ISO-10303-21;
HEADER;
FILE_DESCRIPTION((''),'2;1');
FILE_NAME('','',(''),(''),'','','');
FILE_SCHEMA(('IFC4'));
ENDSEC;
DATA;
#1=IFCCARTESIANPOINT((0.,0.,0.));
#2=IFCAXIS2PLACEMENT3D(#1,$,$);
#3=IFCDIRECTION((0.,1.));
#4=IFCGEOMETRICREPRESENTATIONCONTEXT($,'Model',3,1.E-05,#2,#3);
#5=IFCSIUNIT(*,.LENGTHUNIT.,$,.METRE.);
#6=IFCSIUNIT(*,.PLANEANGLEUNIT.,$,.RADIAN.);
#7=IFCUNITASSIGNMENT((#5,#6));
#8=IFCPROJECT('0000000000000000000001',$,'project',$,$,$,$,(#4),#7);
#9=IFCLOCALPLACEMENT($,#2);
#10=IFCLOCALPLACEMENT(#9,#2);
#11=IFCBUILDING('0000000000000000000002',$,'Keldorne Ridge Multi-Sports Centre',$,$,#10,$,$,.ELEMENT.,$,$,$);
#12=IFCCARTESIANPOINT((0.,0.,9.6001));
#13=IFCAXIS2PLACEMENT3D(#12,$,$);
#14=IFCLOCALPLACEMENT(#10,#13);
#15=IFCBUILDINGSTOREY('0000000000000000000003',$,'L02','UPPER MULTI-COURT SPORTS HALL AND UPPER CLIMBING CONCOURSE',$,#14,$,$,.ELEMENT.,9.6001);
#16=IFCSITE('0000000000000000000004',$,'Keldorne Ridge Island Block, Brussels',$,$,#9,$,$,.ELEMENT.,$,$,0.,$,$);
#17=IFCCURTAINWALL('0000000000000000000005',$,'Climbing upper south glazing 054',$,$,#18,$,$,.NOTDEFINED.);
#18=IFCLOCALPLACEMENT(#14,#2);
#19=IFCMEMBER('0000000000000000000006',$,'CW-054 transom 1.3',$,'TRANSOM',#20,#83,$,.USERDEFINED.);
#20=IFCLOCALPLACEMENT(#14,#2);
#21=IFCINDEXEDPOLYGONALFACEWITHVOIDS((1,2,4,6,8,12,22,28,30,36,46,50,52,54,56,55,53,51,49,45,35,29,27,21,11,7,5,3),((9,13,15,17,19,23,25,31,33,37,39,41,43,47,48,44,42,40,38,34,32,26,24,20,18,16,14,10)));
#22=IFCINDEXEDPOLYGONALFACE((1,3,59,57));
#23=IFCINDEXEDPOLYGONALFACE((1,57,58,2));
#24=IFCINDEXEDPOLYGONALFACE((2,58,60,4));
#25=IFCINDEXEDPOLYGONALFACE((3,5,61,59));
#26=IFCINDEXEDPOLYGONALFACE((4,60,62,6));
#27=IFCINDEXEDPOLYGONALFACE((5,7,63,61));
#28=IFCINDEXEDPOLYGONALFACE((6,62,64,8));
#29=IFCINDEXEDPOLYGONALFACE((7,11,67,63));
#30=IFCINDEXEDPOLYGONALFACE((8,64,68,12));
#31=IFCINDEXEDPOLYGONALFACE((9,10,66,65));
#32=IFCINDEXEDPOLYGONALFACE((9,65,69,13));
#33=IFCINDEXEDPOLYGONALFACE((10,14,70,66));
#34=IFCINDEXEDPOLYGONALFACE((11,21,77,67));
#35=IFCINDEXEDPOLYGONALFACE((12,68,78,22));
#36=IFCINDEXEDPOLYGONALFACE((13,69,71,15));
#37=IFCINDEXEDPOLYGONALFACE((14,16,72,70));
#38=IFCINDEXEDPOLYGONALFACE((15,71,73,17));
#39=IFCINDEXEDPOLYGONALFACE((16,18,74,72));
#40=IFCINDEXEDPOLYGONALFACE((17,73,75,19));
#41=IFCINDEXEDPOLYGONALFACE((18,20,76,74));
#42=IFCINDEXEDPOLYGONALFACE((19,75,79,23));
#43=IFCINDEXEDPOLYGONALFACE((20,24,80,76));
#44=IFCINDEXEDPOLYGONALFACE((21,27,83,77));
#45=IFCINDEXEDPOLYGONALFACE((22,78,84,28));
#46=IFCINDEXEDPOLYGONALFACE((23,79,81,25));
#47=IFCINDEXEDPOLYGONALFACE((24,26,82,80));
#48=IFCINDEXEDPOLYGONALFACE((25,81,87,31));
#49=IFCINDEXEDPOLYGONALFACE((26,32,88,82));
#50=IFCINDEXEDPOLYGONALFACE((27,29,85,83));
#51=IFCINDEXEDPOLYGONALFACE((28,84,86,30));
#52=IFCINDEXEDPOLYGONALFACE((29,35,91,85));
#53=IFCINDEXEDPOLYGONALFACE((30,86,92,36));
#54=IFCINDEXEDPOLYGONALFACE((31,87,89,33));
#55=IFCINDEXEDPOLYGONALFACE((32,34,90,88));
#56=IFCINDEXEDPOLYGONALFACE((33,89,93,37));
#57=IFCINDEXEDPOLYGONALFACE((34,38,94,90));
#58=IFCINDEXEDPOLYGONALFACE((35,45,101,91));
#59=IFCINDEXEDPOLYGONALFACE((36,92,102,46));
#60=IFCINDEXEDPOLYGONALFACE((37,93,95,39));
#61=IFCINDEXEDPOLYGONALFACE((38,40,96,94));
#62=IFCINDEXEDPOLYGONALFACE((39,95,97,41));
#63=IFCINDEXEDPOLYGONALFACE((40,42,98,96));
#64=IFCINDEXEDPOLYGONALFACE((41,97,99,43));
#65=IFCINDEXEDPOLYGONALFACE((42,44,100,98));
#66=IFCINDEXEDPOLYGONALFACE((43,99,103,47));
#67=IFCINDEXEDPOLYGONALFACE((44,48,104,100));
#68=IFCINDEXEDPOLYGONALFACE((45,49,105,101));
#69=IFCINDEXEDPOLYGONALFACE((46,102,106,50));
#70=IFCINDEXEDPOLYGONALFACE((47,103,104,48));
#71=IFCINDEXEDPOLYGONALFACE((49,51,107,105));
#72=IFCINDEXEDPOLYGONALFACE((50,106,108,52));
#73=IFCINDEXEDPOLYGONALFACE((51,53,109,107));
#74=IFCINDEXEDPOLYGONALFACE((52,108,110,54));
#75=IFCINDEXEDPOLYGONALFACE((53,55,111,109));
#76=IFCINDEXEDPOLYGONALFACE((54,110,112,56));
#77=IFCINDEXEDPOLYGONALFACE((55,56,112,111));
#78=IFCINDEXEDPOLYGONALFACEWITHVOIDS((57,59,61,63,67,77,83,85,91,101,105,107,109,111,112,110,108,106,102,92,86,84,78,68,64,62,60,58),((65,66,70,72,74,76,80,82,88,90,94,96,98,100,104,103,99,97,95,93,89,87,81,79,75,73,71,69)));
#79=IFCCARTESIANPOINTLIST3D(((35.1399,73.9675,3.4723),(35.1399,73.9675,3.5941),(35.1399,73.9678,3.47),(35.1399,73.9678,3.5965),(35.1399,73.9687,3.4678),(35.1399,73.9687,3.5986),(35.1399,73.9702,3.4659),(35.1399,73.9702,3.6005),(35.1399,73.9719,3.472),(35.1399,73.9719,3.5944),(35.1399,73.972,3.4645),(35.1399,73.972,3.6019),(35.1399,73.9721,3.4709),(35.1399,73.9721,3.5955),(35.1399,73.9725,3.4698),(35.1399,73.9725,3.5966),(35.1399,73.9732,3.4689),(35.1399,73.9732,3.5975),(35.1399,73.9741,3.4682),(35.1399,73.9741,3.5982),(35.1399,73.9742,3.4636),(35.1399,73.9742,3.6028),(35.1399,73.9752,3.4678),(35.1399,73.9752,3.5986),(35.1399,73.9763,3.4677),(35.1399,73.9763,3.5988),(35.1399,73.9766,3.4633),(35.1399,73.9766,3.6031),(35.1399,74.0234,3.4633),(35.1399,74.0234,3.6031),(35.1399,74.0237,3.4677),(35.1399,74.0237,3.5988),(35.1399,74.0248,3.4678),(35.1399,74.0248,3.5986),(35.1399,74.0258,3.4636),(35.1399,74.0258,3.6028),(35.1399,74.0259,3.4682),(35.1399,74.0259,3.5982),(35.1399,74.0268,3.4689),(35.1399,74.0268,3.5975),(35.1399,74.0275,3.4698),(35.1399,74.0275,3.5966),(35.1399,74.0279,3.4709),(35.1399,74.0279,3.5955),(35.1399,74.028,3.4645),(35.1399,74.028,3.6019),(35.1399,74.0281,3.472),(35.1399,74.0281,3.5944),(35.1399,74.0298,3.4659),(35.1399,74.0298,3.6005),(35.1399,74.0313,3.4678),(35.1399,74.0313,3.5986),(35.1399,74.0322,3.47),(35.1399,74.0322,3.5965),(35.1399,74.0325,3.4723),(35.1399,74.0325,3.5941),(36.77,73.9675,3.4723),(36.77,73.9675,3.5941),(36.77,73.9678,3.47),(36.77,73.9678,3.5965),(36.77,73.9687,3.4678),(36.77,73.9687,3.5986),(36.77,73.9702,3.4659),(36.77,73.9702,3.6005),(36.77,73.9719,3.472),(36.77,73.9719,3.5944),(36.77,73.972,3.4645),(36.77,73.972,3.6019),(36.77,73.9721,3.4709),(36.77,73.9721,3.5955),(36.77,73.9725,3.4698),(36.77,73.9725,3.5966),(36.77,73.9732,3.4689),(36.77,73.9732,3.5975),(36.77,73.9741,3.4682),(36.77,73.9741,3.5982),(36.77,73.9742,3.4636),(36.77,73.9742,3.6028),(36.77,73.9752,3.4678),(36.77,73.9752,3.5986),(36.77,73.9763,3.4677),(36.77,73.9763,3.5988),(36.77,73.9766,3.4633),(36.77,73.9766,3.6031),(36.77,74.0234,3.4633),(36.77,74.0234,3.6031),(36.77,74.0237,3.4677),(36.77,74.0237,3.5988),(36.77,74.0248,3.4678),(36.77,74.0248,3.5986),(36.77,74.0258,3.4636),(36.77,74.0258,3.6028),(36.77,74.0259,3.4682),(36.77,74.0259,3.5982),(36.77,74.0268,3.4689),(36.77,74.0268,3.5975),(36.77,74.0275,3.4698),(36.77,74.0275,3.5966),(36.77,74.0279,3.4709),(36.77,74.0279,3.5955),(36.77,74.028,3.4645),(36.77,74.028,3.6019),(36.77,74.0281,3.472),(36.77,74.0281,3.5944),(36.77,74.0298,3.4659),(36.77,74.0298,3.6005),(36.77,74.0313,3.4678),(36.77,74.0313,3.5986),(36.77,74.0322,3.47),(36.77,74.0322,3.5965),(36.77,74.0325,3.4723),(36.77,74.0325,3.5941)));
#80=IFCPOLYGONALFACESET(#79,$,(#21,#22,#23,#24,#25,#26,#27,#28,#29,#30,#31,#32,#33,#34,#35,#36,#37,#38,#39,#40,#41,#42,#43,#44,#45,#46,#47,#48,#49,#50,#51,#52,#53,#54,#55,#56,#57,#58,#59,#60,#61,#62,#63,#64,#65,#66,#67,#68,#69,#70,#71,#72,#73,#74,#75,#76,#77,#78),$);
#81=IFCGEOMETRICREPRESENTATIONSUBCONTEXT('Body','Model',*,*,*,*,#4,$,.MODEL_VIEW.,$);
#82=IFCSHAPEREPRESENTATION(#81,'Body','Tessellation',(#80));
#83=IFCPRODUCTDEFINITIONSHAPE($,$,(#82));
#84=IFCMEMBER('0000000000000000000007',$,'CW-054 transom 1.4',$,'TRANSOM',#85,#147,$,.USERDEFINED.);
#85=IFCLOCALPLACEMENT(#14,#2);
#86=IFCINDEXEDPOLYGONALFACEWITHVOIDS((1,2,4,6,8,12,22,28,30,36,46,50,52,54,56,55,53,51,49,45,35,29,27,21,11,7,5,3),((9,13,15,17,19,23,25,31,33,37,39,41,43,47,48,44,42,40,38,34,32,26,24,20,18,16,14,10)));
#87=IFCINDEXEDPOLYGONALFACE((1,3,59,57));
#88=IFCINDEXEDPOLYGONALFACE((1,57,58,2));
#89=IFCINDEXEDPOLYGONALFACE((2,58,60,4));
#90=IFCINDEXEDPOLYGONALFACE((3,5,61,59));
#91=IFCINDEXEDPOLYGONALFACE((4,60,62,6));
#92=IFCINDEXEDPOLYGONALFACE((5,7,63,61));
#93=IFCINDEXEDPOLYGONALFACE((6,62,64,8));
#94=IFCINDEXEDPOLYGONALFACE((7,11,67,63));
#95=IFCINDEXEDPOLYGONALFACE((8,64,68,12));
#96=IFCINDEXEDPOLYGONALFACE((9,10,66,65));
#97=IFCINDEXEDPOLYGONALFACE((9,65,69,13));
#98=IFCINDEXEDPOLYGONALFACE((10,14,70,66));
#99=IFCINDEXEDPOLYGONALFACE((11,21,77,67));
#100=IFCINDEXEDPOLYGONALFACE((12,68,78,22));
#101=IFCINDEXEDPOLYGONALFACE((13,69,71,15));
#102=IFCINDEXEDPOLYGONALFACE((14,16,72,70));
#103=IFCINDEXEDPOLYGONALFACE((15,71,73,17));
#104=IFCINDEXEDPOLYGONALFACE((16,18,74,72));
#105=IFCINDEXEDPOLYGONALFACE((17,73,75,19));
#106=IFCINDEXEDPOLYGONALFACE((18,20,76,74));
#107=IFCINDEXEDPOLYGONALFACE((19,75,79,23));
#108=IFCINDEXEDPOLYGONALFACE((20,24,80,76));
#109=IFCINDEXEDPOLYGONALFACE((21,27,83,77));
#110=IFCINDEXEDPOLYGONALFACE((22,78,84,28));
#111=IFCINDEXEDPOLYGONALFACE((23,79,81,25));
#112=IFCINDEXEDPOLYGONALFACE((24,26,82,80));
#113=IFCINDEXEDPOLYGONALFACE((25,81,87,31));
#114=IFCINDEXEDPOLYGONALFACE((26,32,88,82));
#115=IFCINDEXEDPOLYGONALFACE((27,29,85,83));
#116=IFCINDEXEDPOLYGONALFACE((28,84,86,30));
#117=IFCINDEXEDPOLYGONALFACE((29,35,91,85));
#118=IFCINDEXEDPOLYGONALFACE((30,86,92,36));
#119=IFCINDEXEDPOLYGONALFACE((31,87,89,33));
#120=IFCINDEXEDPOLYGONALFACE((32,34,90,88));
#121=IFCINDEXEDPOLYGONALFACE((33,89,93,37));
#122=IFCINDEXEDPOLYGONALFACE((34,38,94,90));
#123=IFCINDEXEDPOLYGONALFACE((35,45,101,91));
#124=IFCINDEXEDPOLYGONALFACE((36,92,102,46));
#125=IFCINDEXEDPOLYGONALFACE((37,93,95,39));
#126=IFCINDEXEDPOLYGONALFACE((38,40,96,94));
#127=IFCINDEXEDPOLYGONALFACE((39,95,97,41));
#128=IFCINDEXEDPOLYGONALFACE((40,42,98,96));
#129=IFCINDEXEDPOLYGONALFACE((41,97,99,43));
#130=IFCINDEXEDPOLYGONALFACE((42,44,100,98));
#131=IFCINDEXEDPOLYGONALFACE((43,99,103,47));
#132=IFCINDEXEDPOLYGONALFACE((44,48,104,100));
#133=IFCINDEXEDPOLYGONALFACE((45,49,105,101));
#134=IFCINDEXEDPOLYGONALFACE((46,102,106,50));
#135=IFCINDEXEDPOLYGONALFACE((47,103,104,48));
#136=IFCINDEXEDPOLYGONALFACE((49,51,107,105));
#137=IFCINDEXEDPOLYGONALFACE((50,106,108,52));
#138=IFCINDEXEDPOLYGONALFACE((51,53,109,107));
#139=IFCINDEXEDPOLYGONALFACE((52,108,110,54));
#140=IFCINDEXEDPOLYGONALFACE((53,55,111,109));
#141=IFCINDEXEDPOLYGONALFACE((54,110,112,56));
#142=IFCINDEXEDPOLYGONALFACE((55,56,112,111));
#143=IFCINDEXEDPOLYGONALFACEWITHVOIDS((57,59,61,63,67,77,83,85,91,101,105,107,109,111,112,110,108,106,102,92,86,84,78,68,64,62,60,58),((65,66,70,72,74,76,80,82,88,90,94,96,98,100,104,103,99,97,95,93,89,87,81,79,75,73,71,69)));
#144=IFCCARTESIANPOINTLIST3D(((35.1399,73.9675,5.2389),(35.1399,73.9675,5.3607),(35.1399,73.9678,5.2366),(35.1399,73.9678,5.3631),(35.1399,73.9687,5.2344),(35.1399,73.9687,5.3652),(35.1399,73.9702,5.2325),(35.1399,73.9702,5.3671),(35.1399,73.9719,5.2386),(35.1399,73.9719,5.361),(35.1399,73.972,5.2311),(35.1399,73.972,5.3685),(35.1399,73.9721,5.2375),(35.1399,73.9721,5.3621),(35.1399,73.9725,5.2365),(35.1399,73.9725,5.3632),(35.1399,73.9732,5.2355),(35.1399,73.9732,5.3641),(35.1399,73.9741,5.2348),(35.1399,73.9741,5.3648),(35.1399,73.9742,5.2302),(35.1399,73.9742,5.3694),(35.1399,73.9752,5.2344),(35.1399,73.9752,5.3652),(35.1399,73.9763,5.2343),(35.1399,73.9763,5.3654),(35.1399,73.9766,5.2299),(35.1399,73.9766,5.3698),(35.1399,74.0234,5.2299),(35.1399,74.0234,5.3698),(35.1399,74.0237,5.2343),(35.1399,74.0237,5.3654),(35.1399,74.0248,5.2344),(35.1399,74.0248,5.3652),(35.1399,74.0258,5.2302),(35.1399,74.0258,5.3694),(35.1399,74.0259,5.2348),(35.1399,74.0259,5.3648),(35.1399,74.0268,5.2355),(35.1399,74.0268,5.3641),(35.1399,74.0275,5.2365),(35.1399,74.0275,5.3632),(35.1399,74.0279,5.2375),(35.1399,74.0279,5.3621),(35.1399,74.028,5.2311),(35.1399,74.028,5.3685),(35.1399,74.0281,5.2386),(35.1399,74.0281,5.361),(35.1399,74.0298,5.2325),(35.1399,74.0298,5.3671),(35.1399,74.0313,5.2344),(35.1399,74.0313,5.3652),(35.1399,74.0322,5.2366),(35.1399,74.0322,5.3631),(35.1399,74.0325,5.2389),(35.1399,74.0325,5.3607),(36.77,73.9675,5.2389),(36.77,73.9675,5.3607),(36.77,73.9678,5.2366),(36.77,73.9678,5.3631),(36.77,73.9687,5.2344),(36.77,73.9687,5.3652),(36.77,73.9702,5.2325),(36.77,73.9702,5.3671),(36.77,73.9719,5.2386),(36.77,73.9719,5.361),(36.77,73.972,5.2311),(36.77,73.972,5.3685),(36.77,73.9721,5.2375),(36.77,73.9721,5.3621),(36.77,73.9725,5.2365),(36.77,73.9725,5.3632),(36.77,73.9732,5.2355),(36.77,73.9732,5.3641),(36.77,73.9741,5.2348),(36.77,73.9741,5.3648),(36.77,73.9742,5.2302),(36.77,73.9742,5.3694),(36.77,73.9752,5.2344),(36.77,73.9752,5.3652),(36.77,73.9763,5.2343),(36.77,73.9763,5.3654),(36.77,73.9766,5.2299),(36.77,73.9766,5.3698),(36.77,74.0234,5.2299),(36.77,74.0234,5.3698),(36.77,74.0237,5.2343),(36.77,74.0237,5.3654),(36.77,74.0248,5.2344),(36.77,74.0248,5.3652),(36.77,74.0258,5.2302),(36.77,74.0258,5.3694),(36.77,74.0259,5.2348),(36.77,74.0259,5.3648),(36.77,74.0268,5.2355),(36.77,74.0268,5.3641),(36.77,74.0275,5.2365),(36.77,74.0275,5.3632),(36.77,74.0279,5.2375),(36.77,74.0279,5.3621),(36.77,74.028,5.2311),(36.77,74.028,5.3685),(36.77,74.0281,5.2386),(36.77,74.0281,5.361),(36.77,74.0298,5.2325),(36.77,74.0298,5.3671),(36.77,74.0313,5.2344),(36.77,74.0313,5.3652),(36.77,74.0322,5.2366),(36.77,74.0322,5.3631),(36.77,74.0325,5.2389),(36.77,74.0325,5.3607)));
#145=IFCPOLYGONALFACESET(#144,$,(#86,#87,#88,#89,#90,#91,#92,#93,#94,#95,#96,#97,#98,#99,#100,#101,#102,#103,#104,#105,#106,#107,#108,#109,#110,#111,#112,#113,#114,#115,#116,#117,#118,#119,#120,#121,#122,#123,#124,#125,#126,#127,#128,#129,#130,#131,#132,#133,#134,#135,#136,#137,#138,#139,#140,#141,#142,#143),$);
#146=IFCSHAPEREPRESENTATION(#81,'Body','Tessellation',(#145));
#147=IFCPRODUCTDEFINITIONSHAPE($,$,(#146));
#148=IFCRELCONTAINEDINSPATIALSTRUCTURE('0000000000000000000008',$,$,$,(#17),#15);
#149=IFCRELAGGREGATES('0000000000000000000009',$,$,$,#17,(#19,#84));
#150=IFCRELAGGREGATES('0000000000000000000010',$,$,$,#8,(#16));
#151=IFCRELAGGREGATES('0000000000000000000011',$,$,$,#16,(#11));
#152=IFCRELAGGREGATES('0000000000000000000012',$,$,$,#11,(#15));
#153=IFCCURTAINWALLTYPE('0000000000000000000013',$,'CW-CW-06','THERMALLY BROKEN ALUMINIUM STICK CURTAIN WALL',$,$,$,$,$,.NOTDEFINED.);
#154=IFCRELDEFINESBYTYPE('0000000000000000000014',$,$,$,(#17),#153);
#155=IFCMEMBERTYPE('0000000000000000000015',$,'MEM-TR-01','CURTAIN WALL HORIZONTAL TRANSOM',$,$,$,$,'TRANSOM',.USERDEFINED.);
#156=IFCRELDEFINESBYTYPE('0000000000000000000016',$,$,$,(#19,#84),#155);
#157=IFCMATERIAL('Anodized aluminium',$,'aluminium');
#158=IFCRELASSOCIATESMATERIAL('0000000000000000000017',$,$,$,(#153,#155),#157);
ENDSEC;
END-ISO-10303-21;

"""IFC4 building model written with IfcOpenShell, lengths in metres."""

from ifc_helpers import new_model, si_unit, direction, frame, origin, origin_2d, place, context, subcontext, project, spatial, hollow_rectangle, extrude, material, material_profile, profile_set, type_object, element, aggregate, save


model = new_model("IFC4")

# Units and contexts
model_context = context("Model", 3, precision=1e-05, world=origin(), true_north=direction((0.0, 1.0)))
body_context = subcontext(model_context, "Body", "Model", "MODEL_VIEW")
ifc_project = project(units=[si_unit("LENGTHUNIT", "METRE"), si_unit("PLANEANGLEUNIT", "RADIAN")], contexts=[model_context])

# Site, building, storey
site_placement = place(None, origin())
site = spatial("IfcSite", under=ifc_project, at=site_placement, Name="Keldorne Ridge Island Block, Brussels", CompositionType="ELEMENT", RefElevation=0.0)
building_placement = place(site_placement, origin())
building = spatial("IfcBuilding", under=site, at=building_placement, Name="Keldorne Ridge Multi-Sports Centre", CompositionType="ELEMENT")
storey_placement = place(building_placement, frame((0.0, 0.0, 9.6001)))
storey = spatial("IfcBuildingStorey", under=building, at=storey_placement, Name="L02", Description="UPPER MULTI-COURT SPORTS HALL AND UPPER CLIMBING CONCOURSE", CompositionType="ELEMENT", Elevation=9.6001)

# Curtain wall, members
ifc_material_1 = material(Name="Anodized aluminium", Category="aluminium")
curtain_wall_type_1 = type_object("IfcCurtainWallType", Name="CW-CW-06", Description="THERMALLY BROKEN ALUMINIUM STICK CURTAIN WALL", PredefinedType="NOTDEFINED", material=ifc_material_1)
curtain_wall_1_placement = place(storey_placement, origin())
curtain_wall_1 = element("IfcCurtainWall", 1, at=curtain_wall_1_placement, inside=storey, type_object=curtain_wall_type_1, Name="Climbing upper south glazing 054", PredefinedType="NOTDEFINED")
ifc_material_profile_1 = material_profile(ifc_material_1, hollow_rectangle(XDim=0.0649, YDim=0.1399, WallThickness=0.0044, InnerFilletRadius=0.0044, OuterFilletRadius=0.009, at=origin_2d()), Name="ALU TRANSOM 140x65x4.5")
ifc_profile_set_1 = profile_set([ifc_material_profile_1], Name="Anodized aluminium")
member_type_1 = type_object("IfcMemberType", Name="MEM-TR-01", Description="CURTAIN WALL HORIZONTAL TRANSOM", ElementType="TRANSOM", PredefinedType="USERDEFINED", material=ifc_profile_set_1)
member_1_placement = place(storey_placement, frame((35.1399, 74.0, 3.5332), z_axis=(1.0, 0.0, 0.0), x_axis=(0.0, 1.0, 0.0)))
member_1 = element("IfcMember", 2, at=member_1_placement, type_object=member_type_1, Name="CW-054 transom 1.3", ObjectType="TRANSOM", PredefinedType="USERDEFINED", context=body_context, shape_type="SweptSolid", body=[
    extrude(hollow_rectangle(XDim=0.0649, YDim=0.1399, WallThickness=0.0044, InnerFilletRadius=0.0044, OuterFilletRadius=0.009, at=origin_2d()), origin(), (0.0, 0.0, 1.0), 1.6301),
])
member_2_placement = place(storey_placement, frame((35.1399, 74.0, 5.2998), z_axis=(1.0, 0.0, 0.0), x_axis=(0.0, 1.0, 0.0)))
member_2 = element("IfcMember", 3, at=member_2_placement, type_object=member_type_1, Name="CW-054 transom 1.4", ObjectType="TRANSOM", PredefinedType="USERDEFINED", context=body_context, shape_type="SweptSolid", body=[
    extrude(hollow_rectangle(XDim=0.0649, YDim=0.1399, WallThickness=0.0044, InnerFilletRadius=0.0044, OuterFilletRadius=0.009, at=origin_2d()), origin(), (0.0, 0.0, 1.0), 1.6301),
])

aggregate(curtain_wall_1, [member_1, member_2])

save(model, "model.ifc")
